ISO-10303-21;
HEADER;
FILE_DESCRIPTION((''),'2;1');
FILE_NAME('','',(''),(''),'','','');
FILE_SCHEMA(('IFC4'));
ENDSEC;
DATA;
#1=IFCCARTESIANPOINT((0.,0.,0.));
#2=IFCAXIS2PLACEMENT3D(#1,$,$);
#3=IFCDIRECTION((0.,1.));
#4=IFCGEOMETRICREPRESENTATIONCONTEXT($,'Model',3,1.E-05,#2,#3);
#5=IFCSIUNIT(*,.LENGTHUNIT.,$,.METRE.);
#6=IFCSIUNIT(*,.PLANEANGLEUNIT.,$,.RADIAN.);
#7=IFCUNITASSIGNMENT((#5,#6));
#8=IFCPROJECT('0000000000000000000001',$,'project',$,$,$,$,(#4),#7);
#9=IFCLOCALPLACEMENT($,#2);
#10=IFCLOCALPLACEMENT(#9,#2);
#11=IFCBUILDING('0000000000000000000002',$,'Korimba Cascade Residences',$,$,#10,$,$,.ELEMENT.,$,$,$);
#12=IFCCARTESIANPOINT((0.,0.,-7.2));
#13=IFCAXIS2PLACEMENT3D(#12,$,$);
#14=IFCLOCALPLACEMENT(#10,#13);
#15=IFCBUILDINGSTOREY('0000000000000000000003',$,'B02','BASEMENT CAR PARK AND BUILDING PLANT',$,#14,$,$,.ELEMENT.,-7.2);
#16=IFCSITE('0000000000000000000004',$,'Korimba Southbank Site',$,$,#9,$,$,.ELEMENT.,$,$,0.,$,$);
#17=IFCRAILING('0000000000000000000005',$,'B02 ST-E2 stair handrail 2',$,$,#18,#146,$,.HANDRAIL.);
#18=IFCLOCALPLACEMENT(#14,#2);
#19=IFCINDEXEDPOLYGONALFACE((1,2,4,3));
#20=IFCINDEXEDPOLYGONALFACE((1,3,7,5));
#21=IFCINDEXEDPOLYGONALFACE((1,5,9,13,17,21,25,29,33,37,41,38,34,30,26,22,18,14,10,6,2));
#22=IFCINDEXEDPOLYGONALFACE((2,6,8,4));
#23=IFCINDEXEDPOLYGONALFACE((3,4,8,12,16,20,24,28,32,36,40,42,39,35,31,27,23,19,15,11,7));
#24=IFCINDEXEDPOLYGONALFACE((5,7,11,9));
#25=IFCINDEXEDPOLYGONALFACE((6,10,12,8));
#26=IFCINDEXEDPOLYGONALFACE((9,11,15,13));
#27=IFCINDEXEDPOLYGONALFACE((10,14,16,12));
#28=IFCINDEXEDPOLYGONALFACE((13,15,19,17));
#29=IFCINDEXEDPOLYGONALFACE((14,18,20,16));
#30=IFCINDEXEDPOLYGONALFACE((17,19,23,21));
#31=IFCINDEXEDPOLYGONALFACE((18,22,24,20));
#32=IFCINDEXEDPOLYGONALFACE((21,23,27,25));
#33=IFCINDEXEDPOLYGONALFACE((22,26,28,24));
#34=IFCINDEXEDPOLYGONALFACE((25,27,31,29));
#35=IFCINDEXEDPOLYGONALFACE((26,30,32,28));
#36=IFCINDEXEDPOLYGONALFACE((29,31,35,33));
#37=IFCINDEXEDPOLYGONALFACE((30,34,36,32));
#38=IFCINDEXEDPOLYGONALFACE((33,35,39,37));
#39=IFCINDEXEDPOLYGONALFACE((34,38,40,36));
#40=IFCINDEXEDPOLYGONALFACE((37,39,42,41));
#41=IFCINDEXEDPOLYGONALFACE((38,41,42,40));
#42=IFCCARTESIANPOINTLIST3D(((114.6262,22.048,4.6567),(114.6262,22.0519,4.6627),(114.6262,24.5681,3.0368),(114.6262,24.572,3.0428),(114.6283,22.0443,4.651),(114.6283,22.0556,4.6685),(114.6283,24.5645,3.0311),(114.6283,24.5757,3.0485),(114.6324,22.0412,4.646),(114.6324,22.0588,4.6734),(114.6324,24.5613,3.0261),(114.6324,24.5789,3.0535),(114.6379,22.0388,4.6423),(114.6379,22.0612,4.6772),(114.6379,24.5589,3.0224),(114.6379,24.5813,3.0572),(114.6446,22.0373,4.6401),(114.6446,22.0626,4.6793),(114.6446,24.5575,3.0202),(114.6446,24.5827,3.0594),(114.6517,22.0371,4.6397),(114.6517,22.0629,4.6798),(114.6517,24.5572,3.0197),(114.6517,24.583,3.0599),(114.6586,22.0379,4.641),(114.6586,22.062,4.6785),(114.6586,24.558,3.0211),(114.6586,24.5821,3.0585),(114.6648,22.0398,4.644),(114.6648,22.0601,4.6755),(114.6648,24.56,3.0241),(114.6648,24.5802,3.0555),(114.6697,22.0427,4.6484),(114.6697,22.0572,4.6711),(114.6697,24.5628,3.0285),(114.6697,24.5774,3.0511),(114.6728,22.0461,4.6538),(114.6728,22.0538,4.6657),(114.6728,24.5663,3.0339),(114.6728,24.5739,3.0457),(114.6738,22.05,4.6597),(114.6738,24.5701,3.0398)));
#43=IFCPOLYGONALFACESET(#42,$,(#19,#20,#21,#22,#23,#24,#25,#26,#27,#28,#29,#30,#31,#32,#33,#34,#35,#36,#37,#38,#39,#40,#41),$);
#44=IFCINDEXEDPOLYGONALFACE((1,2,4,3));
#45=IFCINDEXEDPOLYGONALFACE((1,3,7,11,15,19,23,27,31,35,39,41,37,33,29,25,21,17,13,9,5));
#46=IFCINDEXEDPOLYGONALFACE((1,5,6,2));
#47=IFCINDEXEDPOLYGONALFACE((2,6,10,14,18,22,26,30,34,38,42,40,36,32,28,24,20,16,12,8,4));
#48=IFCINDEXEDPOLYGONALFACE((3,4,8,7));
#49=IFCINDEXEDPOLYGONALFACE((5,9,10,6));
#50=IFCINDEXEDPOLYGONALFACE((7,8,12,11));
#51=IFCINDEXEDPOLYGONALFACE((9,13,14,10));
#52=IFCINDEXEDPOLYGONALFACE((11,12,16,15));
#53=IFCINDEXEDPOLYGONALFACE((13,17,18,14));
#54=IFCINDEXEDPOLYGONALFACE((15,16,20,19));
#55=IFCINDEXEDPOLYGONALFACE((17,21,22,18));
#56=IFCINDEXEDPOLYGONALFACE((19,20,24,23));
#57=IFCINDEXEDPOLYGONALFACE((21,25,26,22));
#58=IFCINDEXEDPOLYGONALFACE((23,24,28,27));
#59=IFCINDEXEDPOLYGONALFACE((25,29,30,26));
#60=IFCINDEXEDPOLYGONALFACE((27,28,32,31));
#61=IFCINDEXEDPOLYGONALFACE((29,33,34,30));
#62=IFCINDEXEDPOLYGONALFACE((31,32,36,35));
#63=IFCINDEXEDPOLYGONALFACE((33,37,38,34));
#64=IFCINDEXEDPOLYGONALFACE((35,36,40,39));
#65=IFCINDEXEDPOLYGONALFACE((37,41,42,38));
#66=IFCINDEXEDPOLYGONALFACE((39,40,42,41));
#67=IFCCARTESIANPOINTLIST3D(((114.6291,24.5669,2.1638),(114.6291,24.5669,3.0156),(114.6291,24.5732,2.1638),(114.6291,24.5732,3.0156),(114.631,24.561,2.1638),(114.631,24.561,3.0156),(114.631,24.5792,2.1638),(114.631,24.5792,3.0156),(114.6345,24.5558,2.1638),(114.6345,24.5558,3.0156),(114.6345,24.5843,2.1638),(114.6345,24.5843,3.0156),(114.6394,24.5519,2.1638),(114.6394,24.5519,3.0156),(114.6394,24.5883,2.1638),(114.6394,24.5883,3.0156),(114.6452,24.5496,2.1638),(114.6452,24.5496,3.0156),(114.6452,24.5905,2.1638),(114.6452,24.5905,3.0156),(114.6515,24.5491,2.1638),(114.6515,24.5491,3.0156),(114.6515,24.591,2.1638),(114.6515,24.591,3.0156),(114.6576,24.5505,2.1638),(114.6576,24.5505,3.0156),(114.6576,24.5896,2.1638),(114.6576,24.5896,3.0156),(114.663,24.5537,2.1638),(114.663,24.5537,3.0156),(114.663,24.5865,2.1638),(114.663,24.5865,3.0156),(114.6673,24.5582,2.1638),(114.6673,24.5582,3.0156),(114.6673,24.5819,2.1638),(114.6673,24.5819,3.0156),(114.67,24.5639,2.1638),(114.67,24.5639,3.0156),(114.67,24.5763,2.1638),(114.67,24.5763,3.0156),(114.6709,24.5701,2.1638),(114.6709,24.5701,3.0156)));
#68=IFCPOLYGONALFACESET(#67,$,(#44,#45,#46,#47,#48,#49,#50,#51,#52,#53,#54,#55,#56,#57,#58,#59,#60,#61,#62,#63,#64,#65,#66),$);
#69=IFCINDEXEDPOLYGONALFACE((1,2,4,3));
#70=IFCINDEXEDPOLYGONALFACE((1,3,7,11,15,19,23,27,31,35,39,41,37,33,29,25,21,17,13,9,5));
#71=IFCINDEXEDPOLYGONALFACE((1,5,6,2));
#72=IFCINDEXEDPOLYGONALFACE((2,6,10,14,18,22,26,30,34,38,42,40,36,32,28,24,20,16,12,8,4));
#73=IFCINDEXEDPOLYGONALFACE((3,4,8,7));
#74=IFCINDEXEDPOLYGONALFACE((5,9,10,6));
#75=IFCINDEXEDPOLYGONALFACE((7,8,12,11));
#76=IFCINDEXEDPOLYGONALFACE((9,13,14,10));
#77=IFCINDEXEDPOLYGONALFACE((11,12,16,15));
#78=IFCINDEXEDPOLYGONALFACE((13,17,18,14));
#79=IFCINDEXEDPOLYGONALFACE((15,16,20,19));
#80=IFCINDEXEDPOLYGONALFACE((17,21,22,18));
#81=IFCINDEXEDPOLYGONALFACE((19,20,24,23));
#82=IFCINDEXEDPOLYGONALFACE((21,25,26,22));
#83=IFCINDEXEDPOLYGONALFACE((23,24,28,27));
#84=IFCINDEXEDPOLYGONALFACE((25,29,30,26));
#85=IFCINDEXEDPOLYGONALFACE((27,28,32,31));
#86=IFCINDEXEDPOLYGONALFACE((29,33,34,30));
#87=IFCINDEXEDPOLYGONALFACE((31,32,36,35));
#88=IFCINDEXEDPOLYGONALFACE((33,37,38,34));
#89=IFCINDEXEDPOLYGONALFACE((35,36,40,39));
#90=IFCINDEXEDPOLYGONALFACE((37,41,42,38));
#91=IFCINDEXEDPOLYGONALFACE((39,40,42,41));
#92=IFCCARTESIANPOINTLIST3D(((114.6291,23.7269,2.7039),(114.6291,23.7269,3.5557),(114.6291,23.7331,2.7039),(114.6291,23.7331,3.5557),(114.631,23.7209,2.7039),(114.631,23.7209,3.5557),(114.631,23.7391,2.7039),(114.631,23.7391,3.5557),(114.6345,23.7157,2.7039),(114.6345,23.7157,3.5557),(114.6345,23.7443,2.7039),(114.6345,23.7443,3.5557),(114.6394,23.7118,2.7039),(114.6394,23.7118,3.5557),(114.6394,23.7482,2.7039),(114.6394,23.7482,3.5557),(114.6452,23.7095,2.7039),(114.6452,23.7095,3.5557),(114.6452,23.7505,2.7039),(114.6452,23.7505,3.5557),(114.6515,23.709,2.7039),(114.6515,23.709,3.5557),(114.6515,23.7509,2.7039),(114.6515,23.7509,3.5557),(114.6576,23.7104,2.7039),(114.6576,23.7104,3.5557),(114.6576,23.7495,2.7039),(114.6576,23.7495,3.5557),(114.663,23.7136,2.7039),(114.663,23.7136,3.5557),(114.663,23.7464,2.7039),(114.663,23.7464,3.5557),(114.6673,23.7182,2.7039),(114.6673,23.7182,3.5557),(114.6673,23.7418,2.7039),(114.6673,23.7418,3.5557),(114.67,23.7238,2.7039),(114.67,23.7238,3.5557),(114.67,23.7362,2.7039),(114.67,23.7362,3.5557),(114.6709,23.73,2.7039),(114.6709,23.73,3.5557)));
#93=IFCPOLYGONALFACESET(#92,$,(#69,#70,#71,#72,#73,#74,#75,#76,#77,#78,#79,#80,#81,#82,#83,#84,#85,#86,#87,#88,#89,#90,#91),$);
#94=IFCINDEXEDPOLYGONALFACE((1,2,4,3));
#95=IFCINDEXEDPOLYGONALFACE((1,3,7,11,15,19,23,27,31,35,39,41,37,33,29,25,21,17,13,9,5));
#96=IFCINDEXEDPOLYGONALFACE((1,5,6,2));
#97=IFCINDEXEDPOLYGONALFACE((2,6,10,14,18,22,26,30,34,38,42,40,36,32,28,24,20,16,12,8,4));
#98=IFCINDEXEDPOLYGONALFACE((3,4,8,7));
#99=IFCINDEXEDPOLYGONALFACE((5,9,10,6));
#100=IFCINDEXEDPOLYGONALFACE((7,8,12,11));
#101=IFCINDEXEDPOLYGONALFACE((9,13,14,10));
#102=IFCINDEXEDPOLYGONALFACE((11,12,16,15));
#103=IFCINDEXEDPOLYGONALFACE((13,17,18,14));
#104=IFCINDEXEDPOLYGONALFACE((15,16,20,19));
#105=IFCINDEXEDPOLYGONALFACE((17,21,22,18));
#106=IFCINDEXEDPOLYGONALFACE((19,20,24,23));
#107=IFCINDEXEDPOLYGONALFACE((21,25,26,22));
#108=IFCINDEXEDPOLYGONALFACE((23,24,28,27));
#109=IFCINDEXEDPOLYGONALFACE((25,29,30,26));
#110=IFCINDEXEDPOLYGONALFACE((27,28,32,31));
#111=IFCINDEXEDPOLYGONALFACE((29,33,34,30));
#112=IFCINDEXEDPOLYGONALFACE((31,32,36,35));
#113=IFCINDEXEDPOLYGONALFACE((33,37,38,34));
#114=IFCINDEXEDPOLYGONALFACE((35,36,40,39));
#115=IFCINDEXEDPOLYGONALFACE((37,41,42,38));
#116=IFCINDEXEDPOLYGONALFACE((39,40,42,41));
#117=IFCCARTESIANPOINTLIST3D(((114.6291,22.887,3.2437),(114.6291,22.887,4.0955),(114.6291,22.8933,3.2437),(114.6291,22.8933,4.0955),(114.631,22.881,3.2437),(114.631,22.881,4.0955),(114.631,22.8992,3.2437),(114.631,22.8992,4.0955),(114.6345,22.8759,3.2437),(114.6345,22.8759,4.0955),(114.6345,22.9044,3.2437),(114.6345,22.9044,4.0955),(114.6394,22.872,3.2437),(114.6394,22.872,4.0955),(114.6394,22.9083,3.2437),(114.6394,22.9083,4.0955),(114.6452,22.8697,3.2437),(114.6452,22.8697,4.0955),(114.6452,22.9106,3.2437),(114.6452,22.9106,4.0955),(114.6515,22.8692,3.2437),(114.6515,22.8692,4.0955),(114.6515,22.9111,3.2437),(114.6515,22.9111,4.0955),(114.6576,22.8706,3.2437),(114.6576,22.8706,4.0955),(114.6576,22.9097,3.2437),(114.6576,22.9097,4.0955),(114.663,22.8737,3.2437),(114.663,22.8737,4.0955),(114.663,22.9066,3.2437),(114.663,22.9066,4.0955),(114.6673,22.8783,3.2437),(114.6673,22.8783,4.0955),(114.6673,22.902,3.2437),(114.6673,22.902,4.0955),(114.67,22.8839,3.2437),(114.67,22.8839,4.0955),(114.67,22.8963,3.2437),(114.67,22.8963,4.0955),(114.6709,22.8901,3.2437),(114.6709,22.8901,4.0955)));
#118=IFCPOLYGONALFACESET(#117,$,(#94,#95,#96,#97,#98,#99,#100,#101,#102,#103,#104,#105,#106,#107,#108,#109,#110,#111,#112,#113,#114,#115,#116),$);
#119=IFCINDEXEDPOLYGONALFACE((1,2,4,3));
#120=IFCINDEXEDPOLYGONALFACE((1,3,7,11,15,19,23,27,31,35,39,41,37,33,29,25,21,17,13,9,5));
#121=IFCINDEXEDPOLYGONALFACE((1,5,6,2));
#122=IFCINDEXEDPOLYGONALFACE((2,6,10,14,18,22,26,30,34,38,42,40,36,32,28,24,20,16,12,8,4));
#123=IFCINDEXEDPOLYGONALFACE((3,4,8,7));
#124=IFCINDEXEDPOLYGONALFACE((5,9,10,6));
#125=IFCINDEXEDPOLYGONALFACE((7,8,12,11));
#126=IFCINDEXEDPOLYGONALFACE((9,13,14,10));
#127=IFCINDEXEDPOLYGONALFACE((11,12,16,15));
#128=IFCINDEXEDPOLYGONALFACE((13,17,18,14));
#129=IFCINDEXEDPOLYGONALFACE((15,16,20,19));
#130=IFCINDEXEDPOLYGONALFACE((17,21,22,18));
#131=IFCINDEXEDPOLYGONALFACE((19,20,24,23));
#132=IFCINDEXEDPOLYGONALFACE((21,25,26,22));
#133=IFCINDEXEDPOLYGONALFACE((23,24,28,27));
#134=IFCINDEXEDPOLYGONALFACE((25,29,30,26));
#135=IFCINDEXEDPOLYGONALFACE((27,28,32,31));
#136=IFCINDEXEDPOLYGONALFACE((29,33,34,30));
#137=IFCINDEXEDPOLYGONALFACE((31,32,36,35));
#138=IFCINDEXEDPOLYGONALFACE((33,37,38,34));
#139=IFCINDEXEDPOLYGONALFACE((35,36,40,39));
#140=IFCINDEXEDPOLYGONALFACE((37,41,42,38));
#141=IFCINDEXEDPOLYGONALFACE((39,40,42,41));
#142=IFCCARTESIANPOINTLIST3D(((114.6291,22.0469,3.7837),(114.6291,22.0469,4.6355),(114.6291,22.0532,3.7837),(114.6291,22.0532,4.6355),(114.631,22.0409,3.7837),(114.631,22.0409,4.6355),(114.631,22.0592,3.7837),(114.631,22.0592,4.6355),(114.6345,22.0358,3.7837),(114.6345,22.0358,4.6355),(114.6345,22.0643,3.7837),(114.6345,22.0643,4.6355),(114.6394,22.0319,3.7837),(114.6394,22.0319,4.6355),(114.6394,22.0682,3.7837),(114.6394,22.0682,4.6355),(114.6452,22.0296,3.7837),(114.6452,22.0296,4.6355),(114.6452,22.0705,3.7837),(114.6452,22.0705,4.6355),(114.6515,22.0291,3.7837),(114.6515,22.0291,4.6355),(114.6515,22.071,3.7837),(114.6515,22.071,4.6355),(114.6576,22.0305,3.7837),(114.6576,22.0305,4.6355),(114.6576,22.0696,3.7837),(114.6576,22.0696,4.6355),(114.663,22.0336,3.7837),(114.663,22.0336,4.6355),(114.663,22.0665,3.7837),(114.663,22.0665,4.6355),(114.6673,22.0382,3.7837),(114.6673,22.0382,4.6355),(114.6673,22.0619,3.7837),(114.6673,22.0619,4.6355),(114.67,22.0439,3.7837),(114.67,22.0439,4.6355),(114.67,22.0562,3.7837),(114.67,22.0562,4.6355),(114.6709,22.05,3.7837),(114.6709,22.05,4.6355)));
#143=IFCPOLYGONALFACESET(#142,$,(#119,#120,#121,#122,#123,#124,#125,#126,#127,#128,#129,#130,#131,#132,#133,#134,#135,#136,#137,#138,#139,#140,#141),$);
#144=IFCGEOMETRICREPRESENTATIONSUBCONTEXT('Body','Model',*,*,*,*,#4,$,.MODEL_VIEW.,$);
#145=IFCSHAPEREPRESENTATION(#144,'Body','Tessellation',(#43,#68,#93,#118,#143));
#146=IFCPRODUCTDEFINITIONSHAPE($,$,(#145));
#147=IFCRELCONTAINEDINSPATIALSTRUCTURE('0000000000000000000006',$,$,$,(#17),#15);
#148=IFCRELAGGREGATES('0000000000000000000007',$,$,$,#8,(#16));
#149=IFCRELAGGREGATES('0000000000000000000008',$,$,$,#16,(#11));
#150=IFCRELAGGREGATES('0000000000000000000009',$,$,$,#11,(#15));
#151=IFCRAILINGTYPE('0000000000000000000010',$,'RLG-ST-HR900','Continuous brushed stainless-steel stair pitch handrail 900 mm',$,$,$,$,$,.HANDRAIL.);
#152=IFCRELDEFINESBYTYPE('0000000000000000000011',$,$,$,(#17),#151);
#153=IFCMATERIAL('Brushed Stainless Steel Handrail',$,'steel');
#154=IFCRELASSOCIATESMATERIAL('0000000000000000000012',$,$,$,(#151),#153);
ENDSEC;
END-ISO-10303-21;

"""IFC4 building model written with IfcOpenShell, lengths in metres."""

from ifc_helpers import new_model, si_unit, direction, frame, origin, origin_2d, place, context, subcontext, project, spatial, circle, extrude, material, type_object, element, save


model = new_model("IFC4")

# Units and contexts
model_context = context("Model", 3, precision=1e-05, world=origin(), true_north=direction((0.0, 1.0)))
body_context = subcontext(model_context, "Body", "Model", "MODEL_VIEW")
ifc_project = project(units=[si_unit("LENGTHUNIT", "METRE"), si_unit("PLANEANGLEUNIT", "RADIAN")], contexts=[model_context])

# Site, building, storey
site_placement = place(None, origin())
site = spatial("IfcSite", under=ifc_project, at=site_placement, Name="Korimba Southbank Site", CompositionType="ELEMENT", RefElevation=0.0)
building_placement = place(site_placement, origin())
building = spatial("IfcBuilding", under=site, at=building_placement, Name="Korimba Cascade Residences", CompositionType="ELEMENT")
storey_placement = place(building_placement, frame((0.0, 0.0, -7.2)))
storey = spatial("IfcBuildingStorey", under=building, at=storey_placement, Name="B02", Description="BASEMENT CAR PARK AND BUILDING PLANT", CompositionType="ELEMENT", Elevation=-7.2)

# Railing
ifc_material_1 = material(Name="Brushed Stainless Steel Handrail", Category="steel")
railing_type_1 = type_object("IfcRailingType", Name="RLG-ST-HR900", Description="Continuous brushed stainless-steel stair pitch handrail 900 mm", PredefinedType="HANDRAIL", material=ifc_material_1)
railing_1_placement = place(storey_placement, frame((114.6499, 24.5701, 2.1638)))
element("IfcRailing", 1, at=railing_1_placement, inside=storey, type_object=railing_type_1, Name="B02 ST-E2 stair handrail 2", PredefinedType="HANDRAIL", context=body_context, shape_type="SweptSolid", body=[
    extrude(circle(Radius=0.0239, at=origin_2d()), frame((0.0, 0.0, 0.876), z_axis=(0.0, -0.8412, 0.540725), x_axis=(1.0, 0.0, 0.0)), (0.0, 0.0, 1.0), 2.9958),
    extrude(circle(Radius=0.021, at=origin_2d()), origin(), (0.0, 0.0, 1.0), 0.8518),
    extrude(circle(Radius=0.021, at=origin_2d()), frame((0.0, -0.8401, 0.54)), (0.0, 0.0, 1.0), 0.8518),
    extrude(circle(Radius=0.021, at=origin_2d()), frame((0.0, -1.6799, 1.0798)), (0.0, 0.0, 1.0), 0.8518),
    extrude(circle(Radius=0.021, at=origin_2d()), frame((0.0, -2.52, 1.6199)), (0.0, 0.0, 1.0), 0.8518),
])

save(model, "model.ifc")
